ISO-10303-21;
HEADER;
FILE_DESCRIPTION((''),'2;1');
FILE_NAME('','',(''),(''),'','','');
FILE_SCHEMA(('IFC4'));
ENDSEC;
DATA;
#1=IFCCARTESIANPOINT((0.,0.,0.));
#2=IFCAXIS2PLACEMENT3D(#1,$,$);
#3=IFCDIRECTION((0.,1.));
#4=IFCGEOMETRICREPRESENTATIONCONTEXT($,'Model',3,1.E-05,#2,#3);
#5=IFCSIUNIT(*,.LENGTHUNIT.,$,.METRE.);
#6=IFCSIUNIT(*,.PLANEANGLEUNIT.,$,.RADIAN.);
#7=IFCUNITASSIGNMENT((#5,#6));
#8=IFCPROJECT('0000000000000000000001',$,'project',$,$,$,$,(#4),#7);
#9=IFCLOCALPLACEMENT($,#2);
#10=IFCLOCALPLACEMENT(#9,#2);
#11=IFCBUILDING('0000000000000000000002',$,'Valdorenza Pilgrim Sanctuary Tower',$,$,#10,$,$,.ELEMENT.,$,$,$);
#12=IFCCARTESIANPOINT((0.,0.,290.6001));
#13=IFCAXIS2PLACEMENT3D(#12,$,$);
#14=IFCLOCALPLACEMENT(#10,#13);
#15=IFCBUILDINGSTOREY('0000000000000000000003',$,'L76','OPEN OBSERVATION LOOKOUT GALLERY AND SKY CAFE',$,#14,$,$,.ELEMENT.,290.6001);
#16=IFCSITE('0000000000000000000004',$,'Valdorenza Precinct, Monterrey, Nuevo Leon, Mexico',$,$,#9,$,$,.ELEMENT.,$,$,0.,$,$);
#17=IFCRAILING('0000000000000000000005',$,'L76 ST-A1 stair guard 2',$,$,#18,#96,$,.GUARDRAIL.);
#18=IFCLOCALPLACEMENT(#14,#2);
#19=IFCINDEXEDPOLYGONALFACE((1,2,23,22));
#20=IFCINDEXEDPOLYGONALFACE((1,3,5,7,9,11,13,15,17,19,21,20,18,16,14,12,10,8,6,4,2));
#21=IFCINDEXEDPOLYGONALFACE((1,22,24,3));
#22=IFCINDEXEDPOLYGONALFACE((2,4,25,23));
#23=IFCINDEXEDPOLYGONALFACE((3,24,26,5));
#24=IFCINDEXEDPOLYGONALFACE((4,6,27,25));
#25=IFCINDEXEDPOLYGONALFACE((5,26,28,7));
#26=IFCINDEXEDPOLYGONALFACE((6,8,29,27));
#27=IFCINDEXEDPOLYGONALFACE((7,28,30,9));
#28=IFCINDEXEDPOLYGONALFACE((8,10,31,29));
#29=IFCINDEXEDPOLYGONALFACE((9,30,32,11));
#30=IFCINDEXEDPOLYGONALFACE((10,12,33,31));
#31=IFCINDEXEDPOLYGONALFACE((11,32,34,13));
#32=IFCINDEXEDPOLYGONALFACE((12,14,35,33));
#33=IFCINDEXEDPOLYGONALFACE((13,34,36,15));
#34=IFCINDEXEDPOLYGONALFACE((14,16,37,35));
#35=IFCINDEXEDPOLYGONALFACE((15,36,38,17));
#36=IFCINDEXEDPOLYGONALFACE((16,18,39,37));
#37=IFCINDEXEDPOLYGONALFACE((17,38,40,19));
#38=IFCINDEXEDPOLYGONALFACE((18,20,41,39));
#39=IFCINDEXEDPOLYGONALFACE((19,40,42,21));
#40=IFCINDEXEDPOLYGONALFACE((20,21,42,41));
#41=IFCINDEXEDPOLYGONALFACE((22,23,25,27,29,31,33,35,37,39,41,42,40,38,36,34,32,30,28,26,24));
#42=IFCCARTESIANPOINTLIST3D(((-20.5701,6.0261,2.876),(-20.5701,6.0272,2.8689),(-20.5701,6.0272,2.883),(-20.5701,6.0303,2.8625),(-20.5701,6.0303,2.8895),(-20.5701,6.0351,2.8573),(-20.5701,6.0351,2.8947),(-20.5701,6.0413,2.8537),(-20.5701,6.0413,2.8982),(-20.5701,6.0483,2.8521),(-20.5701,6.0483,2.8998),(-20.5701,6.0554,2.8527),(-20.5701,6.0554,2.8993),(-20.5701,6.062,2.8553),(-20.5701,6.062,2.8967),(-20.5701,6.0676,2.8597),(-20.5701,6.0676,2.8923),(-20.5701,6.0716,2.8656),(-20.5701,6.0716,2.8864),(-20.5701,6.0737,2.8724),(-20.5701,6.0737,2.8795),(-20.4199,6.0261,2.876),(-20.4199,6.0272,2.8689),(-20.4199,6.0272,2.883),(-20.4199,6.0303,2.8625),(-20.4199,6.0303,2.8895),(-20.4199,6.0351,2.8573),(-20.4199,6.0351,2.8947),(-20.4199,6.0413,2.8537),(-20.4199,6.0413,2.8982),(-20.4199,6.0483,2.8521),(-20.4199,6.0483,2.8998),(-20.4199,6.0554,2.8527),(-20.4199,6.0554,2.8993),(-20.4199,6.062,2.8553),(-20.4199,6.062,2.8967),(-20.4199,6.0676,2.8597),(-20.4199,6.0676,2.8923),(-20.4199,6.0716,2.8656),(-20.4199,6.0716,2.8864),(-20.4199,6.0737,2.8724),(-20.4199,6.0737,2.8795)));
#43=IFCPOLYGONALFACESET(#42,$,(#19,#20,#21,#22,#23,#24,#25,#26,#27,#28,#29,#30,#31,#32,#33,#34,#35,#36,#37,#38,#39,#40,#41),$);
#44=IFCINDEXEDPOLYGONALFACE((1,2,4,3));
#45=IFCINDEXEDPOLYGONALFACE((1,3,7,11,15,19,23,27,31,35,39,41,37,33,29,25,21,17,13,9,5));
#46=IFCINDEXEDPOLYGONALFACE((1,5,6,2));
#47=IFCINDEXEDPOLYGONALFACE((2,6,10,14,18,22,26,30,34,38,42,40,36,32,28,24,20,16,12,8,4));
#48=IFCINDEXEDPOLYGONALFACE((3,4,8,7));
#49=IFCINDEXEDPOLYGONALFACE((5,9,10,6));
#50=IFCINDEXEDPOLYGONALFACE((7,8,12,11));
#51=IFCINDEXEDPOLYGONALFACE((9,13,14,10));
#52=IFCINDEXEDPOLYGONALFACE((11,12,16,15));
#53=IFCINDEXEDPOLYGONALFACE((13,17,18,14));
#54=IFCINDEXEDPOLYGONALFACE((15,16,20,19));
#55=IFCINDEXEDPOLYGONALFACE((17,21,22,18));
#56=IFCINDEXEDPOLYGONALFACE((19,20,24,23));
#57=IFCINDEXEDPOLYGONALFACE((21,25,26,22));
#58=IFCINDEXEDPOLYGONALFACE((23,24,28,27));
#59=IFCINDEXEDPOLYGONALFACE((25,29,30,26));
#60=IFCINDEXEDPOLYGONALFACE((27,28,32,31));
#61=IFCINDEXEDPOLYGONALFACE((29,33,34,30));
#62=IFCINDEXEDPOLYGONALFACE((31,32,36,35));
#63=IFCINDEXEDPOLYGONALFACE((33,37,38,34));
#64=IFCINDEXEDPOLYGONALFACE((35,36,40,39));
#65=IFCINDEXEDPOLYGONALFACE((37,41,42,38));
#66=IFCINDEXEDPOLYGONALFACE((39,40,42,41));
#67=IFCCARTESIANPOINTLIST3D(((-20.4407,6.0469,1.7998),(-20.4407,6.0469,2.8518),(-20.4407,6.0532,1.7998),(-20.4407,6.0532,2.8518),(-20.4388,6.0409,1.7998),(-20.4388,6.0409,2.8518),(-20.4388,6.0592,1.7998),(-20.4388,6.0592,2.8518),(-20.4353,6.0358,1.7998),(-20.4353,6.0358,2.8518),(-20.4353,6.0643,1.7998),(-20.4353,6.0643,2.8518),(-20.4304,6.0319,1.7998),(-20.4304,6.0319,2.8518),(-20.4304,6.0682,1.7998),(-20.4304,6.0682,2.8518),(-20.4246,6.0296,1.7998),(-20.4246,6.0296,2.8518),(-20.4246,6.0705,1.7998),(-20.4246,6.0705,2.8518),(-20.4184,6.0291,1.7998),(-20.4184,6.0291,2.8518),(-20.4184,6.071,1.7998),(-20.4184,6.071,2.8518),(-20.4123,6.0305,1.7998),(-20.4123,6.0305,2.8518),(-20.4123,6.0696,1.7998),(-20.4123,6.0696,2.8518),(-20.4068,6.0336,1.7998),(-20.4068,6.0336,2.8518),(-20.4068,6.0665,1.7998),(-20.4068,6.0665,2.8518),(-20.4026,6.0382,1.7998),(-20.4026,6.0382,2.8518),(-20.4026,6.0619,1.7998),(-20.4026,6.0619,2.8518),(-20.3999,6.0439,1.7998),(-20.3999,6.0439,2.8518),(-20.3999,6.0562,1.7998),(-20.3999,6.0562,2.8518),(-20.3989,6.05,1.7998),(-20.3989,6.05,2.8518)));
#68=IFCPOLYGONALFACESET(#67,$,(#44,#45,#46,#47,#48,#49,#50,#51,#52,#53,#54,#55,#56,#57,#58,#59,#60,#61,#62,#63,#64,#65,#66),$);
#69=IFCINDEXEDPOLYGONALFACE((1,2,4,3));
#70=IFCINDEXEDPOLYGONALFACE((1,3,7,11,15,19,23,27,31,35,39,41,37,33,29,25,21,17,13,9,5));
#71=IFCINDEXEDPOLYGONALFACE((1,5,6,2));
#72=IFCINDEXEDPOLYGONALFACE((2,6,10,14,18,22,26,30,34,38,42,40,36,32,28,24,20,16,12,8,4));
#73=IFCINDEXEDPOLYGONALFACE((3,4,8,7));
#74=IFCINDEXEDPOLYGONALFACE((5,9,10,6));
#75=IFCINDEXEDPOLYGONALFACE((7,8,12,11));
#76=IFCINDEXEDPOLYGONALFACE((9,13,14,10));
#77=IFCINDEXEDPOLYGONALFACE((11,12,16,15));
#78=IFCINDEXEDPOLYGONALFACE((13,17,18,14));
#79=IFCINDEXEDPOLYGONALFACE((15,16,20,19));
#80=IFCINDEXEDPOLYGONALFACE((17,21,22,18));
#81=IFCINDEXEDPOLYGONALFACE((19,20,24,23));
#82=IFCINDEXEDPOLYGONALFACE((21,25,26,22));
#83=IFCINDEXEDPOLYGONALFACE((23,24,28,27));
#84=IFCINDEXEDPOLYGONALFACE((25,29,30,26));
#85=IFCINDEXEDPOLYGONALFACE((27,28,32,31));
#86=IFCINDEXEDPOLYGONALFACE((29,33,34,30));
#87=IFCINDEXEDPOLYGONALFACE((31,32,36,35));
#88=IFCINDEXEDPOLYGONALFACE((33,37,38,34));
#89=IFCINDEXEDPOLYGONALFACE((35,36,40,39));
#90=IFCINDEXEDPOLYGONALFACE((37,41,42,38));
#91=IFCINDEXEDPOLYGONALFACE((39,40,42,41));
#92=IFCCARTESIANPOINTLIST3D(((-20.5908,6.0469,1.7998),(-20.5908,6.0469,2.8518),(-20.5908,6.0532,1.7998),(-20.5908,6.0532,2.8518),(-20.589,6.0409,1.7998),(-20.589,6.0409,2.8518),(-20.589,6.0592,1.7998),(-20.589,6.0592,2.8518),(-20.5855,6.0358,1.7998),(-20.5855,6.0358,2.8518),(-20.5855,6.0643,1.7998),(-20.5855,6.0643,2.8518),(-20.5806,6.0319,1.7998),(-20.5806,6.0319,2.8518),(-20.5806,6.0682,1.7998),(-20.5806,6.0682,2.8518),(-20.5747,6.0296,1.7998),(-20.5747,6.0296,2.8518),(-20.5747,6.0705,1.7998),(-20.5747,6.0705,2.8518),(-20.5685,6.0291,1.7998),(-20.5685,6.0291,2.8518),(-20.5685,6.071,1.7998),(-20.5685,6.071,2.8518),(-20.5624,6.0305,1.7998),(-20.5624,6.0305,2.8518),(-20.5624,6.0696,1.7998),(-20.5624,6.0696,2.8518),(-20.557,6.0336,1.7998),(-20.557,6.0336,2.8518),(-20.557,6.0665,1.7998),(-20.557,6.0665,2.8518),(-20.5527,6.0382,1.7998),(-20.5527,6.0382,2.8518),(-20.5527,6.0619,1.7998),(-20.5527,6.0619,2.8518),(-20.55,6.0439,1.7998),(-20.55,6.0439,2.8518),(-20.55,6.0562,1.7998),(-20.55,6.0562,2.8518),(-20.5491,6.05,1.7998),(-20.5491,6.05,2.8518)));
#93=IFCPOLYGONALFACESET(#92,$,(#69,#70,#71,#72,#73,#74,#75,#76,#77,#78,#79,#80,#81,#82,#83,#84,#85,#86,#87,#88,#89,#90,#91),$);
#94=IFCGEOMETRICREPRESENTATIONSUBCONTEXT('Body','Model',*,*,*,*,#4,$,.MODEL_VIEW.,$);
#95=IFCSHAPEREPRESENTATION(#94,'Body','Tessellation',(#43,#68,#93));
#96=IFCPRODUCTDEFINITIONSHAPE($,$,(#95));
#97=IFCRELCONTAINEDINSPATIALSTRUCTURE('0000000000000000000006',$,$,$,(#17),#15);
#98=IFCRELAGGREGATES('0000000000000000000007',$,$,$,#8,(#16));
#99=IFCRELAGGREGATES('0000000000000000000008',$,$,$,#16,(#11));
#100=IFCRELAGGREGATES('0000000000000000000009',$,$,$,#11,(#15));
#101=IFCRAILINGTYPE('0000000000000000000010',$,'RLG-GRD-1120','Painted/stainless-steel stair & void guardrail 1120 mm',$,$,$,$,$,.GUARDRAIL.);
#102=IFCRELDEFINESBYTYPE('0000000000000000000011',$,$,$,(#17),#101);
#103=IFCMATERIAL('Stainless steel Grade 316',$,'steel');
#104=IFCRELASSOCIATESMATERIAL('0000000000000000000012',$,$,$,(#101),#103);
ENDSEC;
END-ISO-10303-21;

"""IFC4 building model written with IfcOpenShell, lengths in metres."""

from ifc_helpers import new_model, si_unit, direction, frame, origin, origin_2d, place, context, subcontext, project, spatial, circle, extrude, material, type_object, element, save


model = new_model("IFC4")

# Units and contexts
model_context = context("Model", 3, precision=1e-05, world=origin(), true_north=direction((0.0, 1.0)))
body_context = subcontext(model_context, "Body", "Model", "MODEL_VIEW")
ifc_project = project(units=[si_unit("LENGTHUNIT", "METRE"), si_unit("PLANEANGLEUNIT", "RADIAN")], contexts=[model_context])

# Site, building, storey
site_placement = place(None, origin())
site = spatial("IfcSite", under=ifc_project, at=site_placement, Name="Valdorenza Precinct, Monterrey, Nuevo Leon, Mexico", CompositionType="ELEMENT", RefElevation=0.0)
building_placement = place(site_placement, origin())
building = spatial("IfcBuilding", under=site, at=building_placement, Name="Valdorenza Pilgrim Sanctuary Tower", CompositionType="ELEMENT")
storey_placement = place(building_placement, frame((0.0, 0.0, 290.6001)))
storey = spatial("IfcBuildingStorey", under=building, at=storey_placement, Name="L76", Description="OPEN OBSERVATION LOOKOUT GALLERY AND SKY CAFE", CompositionType="ELEMENT", Elevation=290.6001)

# Railing
ifc_material_1 = material(Name="Stainless steel Grade 316", Category="steel")
railing_type_1 = type_object("IfcRailingType", Name="RLG-GRD-1120", Description="Painted/stainless-steel stair & void guardrail 1120 mm", PredefinedType="GUARDRAIL", material=ifc_material_1)
railing_1_placement = place(storey_placement, frame((-20.4199, 6.05, 1.7998)))
element("IfcRailing", 1, at=railing_1_placement, inside=storey, type_object=railing_type_1, Name="L76 ST-A1 stair guard 2", PredefinedType="GUARDRAIL", context=body_context, shape_type="SweptSolid", body=[
    extrude(circle(Radius=0.0239, at=origin_2d()), frame((0.0, 0.0, 1.0762), z_axis=(-1.0, 0.0, 0.0), x_axis=(0.0, -1.0, 0.0)), (0.0, 0.0, 1.0), 0.1501),
    extrude(circle(Radius=0.021, at=origin_2d()), origin(), (0.0, 0.0, 1.0), 1.052),
    extrude(circle(Radius=0.021, at=origin_2d()), frame((-0.1501, 0.0, 0.0)), (0.0, 0.0, 1.0), 1.052),
])

save(model, "model.ifc")
